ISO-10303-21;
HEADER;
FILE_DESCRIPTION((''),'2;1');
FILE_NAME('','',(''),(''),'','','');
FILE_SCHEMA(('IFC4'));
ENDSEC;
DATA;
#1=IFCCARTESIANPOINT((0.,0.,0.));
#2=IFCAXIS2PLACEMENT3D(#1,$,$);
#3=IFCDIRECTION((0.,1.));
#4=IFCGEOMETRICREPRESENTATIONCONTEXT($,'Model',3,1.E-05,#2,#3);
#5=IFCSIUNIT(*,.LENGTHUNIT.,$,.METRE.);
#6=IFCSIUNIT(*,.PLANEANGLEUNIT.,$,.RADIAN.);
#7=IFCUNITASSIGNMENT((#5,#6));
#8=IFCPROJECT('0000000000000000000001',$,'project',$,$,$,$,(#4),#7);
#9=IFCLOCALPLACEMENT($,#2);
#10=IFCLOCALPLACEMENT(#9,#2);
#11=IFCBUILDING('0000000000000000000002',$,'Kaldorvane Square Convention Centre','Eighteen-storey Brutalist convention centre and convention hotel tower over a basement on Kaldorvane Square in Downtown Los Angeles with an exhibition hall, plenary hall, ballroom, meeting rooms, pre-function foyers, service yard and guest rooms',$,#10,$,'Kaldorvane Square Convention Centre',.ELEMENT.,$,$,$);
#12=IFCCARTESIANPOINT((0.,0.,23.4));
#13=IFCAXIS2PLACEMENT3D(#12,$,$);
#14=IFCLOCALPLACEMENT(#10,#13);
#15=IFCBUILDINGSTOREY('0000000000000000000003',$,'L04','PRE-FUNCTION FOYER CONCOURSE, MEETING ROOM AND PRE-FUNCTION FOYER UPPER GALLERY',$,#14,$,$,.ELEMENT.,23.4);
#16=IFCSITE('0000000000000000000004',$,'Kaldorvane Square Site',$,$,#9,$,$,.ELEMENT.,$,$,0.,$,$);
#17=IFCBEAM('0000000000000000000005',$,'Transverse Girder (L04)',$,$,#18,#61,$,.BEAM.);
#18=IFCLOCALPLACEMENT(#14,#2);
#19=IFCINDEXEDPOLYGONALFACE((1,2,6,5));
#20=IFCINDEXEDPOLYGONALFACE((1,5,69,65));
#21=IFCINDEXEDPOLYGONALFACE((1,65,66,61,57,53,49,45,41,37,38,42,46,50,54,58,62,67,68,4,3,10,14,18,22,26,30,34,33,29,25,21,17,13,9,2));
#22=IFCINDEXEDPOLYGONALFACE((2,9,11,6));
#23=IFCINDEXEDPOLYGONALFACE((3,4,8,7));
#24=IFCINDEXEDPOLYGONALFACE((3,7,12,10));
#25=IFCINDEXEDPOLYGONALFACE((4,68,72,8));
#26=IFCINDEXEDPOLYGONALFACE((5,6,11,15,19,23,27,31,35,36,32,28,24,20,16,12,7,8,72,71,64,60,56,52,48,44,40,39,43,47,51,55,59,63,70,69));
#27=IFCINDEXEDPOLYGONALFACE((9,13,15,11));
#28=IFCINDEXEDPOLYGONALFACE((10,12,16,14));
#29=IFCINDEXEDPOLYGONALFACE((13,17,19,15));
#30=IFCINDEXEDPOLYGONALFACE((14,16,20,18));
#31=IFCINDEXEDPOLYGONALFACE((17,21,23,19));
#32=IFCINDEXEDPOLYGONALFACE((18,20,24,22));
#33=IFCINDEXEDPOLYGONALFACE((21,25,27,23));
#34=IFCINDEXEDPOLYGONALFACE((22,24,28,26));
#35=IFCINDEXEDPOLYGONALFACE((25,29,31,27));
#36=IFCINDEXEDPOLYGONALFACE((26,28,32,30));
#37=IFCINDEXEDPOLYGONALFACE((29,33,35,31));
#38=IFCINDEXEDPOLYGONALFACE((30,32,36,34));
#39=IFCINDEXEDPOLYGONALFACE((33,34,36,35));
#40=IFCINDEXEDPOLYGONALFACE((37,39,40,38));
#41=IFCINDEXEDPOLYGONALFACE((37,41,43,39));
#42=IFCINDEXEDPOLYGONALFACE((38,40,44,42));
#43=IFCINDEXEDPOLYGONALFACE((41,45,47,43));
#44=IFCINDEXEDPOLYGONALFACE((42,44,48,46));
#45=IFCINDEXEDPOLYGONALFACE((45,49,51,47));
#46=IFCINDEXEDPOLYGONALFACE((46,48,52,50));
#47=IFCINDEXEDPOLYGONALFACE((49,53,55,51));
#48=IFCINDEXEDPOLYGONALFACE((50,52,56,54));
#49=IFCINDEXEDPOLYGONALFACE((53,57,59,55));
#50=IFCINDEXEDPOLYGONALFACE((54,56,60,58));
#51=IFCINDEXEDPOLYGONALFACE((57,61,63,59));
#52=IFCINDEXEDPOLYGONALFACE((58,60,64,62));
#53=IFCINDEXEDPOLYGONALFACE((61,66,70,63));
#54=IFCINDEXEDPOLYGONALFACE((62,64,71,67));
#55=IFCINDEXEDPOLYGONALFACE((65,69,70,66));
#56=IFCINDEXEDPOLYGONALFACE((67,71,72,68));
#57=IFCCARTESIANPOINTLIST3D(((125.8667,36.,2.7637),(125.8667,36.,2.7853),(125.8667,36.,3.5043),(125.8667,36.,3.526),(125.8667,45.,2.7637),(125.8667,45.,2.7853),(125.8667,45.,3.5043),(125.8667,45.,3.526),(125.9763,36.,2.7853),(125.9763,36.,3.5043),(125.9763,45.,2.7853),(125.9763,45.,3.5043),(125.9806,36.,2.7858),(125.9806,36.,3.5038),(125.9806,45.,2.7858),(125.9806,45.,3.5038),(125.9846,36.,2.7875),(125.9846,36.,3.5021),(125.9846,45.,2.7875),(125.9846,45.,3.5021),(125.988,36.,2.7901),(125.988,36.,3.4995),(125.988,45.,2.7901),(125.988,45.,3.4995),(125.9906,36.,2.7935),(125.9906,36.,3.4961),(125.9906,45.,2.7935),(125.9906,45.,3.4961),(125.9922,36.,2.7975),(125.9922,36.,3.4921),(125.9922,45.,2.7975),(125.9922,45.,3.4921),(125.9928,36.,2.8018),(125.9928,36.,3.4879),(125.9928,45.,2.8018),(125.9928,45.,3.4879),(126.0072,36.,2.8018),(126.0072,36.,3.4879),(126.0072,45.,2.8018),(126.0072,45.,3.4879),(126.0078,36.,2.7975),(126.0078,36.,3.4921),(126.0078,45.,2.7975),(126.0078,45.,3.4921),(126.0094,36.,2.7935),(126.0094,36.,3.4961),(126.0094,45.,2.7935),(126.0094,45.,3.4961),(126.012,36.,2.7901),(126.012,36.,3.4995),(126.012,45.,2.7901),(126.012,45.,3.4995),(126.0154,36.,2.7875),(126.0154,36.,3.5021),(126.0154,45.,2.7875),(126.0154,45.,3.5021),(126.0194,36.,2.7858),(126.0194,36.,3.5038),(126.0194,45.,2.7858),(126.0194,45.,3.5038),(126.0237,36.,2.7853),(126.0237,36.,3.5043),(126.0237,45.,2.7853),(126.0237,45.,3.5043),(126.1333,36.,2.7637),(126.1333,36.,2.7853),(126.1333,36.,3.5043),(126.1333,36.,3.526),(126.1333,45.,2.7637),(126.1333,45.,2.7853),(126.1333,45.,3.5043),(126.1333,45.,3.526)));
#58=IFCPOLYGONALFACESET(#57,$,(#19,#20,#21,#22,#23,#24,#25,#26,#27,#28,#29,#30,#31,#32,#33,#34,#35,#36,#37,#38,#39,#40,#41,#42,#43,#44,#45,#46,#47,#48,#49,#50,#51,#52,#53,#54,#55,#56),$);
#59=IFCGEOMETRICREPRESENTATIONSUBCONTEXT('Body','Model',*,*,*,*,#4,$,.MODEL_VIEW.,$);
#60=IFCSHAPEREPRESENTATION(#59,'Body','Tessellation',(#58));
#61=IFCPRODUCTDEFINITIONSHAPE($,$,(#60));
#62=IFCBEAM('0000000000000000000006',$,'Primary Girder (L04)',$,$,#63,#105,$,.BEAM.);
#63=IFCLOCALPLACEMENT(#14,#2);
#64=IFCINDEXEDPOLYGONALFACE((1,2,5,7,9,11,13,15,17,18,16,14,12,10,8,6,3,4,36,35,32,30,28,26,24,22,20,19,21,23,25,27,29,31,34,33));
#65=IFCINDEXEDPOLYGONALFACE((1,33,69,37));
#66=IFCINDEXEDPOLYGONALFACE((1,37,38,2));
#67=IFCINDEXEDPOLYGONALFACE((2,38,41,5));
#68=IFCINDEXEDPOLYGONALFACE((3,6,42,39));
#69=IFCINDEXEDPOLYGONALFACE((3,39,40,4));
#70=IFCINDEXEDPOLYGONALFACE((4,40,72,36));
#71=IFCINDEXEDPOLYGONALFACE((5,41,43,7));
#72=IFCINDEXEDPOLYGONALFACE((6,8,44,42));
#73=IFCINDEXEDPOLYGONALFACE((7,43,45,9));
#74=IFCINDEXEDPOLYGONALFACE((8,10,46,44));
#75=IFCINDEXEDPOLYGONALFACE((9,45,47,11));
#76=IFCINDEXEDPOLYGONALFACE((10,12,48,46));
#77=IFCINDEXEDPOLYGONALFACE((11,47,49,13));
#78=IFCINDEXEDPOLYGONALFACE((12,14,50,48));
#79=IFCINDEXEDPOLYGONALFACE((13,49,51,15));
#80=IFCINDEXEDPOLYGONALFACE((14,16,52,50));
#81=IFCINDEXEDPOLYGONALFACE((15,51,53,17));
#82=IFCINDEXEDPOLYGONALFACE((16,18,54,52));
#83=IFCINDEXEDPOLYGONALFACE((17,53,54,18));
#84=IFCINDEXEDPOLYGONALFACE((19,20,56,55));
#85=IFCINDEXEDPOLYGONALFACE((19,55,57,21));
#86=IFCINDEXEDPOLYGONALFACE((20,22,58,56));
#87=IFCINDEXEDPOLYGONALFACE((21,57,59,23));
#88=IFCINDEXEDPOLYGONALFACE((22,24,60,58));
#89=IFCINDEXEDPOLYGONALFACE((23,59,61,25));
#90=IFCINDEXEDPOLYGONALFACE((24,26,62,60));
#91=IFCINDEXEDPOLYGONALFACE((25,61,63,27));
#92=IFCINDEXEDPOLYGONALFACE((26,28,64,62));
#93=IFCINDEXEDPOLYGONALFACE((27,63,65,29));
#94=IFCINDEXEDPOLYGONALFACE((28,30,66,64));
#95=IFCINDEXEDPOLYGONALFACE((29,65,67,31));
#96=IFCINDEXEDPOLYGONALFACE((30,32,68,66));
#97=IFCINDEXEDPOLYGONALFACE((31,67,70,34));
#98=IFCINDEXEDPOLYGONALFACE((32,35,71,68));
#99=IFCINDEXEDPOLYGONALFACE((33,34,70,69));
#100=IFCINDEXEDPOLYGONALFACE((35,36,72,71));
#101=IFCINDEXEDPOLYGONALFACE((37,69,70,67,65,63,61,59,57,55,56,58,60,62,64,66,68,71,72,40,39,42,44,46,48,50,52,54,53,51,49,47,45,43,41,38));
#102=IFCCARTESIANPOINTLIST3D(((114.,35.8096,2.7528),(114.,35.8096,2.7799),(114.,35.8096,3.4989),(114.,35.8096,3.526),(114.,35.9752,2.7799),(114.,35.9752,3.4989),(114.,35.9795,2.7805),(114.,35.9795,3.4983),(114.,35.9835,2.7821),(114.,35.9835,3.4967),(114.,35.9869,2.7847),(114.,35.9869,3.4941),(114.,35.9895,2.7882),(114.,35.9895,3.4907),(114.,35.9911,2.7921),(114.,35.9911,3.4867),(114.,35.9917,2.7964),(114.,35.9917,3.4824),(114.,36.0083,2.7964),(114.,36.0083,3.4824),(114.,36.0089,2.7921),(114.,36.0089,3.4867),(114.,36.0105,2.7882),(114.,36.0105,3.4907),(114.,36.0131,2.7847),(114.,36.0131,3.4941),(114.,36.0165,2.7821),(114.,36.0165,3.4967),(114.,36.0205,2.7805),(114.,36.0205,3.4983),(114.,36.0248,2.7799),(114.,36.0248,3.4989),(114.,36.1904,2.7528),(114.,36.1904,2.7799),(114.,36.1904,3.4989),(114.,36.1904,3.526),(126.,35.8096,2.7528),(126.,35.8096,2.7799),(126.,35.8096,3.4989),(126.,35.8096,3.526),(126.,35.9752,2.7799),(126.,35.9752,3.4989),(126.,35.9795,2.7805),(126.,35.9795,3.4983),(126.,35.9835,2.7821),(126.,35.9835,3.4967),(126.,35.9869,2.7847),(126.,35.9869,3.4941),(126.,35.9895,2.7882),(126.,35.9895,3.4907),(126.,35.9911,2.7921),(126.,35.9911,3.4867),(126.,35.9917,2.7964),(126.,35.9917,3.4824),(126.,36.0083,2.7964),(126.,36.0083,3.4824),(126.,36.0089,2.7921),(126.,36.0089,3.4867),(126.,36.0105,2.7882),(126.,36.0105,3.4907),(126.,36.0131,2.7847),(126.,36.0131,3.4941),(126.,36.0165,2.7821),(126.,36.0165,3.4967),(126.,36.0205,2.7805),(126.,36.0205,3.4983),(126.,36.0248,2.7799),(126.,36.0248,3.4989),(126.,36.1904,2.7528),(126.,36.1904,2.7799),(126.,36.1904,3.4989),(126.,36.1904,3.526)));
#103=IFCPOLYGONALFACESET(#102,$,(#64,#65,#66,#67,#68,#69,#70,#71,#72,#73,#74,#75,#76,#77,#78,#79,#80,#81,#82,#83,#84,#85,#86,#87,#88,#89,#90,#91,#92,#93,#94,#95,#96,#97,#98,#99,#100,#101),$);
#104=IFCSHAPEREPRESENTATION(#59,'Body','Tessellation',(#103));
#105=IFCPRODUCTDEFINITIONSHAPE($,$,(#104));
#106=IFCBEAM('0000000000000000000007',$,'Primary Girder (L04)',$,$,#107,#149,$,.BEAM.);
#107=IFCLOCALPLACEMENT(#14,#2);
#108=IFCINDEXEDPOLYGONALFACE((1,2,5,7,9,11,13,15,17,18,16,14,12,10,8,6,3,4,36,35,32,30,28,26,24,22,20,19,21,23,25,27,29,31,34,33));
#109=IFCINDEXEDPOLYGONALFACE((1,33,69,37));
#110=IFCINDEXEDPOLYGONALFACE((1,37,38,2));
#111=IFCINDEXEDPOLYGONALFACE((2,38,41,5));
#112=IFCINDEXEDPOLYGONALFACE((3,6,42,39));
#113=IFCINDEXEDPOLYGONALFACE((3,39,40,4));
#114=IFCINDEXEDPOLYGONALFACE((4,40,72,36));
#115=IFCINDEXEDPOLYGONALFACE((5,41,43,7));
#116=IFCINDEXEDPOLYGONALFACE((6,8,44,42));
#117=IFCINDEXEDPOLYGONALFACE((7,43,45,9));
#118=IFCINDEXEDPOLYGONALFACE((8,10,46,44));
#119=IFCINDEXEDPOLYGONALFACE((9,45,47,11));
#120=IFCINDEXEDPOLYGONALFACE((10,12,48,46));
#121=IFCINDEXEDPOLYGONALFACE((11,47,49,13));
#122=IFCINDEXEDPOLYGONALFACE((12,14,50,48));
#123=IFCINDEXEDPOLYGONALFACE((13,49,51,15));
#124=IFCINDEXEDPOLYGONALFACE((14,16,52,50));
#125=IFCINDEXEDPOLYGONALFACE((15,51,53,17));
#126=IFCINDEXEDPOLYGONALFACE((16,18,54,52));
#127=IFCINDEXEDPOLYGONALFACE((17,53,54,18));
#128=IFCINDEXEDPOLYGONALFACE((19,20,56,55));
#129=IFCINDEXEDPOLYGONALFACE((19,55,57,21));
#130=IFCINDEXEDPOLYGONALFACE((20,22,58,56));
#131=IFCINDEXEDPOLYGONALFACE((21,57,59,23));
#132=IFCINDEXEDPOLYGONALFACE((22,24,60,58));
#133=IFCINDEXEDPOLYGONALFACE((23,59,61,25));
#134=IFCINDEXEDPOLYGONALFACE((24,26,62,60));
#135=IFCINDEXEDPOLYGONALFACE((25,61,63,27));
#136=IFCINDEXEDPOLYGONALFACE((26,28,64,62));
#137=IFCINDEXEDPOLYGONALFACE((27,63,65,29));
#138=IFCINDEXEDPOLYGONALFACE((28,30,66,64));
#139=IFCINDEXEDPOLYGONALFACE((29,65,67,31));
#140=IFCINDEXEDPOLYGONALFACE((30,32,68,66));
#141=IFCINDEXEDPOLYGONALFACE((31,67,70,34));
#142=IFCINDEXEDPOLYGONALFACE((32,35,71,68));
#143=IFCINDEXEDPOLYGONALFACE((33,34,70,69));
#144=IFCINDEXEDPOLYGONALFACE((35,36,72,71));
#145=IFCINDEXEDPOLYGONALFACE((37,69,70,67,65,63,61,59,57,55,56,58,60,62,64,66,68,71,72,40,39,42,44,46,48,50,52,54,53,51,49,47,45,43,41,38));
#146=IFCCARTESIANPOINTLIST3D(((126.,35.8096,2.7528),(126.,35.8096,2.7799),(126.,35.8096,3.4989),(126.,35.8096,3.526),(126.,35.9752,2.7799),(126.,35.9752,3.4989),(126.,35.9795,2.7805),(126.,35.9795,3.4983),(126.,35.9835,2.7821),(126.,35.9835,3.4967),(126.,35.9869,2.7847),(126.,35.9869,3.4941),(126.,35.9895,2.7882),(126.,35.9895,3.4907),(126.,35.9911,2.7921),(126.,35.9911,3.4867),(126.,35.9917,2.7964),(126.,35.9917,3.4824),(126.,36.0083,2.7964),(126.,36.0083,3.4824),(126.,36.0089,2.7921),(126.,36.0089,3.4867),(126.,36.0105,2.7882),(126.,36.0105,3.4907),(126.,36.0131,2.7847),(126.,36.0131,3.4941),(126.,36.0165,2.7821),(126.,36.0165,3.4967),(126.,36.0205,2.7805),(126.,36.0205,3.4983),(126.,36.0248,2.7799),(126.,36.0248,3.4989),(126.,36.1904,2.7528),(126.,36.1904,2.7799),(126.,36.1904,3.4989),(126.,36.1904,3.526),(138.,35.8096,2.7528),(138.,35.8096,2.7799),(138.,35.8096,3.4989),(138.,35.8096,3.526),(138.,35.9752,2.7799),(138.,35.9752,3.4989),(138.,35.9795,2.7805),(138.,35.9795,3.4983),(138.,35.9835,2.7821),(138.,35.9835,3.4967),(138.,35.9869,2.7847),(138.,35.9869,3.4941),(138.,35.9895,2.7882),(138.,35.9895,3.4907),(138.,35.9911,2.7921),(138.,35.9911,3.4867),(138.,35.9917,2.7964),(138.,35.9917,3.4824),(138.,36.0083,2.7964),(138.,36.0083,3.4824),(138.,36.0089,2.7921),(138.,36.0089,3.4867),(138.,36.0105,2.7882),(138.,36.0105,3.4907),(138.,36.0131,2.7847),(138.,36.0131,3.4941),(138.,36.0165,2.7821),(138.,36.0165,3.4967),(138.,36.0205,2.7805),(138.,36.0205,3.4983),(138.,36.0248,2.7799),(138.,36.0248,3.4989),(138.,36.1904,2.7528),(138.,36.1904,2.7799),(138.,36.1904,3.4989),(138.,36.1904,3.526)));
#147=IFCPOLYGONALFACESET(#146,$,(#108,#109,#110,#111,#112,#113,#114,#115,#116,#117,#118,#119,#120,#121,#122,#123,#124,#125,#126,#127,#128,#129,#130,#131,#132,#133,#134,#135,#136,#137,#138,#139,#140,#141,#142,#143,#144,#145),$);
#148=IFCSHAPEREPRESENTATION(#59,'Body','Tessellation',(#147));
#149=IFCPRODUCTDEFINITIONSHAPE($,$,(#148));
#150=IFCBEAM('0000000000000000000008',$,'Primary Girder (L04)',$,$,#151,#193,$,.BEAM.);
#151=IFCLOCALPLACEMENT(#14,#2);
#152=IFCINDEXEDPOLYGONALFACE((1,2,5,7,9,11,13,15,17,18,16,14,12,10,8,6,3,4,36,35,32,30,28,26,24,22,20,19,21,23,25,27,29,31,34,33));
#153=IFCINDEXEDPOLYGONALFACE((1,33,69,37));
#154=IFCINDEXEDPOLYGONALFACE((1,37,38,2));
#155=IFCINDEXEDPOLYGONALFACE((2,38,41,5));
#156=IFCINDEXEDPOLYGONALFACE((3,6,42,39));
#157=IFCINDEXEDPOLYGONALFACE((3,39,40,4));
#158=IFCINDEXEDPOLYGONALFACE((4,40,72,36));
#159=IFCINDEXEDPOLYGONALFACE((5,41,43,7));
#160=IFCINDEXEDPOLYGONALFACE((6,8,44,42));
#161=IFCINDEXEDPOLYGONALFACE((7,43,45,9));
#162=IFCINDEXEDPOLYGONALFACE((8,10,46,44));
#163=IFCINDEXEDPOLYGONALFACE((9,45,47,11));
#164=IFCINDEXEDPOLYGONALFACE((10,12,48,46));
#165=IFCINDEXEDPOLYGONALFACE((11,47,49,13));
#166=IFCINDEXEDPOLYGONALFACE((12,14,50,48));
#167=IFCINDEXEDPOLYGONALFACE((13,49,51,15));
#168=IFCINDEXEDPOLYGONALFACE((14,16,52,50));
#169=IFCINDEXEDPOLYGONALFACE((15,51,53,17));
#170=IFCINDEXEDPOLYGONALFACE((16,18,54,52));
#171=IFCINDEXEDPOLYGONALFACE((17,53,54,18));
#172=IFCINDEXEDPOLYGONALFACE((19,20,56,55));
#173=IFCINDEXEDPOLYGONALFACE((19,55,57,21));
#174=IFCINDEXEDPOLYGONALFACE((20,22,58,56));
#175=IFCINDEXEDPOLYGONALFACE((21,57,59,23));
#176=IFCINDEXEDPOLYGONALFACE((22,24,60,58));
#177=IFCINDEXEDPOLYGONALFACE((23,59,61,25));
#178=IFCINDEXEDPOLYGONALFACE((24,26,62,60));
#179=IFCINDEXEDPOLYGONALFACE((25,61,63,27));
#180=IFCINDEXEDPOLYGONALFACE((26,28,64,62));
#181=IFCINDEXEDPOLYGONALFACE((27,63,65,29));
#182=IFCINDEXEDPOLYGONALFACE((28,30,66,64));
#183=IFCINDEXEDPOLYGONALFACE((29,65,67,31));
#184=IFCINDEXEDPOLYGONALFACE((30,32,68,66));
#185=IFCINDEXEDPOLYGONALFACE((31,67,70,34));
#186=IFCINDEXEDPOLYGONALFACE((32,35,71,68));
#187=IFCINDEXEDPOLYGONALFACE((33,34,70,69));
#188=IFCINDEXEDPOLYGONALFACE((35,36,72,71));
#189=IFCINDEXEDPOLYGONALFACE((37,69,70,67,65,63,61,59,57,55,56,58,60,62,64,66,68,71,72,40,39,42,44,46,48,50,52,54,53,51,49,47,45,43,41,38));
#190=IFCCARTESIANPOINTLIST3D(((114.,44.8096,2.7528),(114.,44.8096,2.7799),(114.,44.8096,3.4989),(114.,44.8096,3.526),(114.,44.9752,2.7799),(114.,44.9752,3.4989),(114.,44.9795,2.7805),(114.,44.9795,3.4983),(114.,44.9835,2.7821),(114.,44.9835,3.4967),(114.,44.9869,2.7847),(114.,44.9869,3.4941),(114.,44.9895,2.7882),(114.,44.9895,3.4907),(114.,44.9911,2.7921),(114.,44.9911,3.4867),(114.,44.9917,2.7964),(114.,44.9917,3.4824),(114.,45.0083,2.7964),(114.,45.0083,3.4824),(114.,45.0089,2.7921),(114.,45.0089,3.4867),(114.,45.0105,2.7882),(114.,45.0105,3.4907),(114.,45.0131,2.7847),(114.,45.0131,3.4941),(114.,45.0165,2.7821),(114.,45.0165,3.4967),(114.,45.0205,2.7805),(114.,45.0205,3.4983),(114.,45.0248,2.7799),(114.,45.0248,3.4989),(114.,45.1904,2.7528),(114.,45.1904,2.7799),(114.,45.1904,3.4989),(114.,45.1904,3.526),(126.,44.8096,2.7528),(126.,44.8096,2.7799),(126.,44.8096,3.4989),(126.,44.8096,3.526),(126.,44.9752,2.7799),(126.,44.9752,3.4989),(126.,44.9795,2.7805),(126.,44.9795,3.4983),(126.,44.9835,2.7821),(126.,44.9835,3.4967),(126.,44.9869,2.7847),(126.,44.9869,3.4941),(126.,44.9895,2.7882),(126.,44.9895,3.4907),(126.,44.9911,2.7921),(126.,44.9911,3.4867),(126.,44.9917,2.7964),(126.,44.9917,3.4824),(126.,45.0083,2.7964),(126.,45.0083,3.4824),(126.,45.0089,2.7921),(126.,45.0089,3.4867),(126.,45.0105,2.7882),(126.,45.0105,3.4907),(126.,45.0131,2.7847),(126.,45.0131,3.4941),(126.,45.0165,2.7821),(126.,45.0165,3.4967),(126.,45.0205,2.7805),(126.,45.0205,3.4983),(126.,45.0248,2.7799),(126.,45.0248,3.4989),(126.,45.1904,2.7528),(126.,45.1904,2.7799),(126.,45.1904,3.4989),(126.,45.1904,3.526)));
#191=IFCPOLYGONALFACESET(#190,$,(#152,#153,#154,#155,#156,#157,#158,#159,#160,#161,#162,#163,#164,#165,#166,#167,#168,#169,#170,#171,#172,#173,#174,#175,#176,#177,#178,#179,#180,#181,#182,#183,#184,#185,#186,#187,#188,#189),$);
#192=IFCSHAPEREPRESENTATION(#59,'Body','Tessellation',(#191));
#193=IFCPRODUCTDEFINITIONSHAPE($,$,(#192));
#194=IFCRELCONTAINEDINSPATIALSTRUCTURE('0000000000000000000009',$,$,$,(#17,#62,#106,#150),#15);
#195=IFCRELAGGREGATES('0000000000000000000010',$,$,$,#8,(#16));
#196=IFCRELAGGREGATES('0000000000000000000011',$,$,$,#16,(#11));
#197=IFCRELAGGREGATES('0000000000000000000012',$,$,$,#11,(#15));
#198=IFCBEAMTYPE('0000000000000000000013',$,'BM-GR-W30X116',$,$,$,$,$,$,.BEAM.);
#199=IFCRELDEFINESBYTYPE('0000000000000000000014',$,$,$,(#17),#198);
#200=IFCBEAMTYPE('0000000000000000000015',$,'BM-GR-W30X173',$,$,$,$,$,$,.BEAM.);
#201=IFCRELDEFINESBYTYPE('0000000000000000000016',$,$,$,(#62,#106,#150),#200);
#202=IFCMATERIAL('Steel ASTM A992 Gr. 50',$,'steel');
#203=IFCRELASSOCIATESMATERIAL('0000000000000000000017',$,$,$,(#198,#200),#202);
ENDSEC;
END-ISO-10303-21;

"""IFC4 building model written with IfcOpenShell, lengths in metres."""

from ifc_helpers import new_model, si_unit, direction, frame, origin, origin_2d, place, context, subcontext, project, spatial, i_section, extrude, material, material_profile, profile_set, type_object, element, save


model = new_model("IFC4")

# Units and contexts
model_context = context("Model", 3, precision=1e-05, world=origin(), true_north=direction((0.0, 1.0)))
body_context = subcontext(model_context, "Body", "Model", "MODEL_VIEW")
ifc_project = project(units=[si_unit("LENGTHUNIT", "METRE"), si_unit("PLANEANGLEUNIT", "RADIAN")], contexts=[model_context])

# Site, building, storey
site_placement = place(None, origin())
site = spatial("IfcSite", under=ifc_project, at=site_placement, Name="Kaldorvane Square Site", CompositionType="ELEMENT", RefElevation=0.0)
building_placement = place(site_placement, origin())
building = spatial("IfcBuilding", under=site, at=building_placement, Name="Kaldorvane Square Convention Centre", Description="Eighteen-storey Brutalist convention centre and convention hotel tower over a basement on Kaldorvane Square in Downtown Los Angeles with an exhibition hall, plenary hall, ballroom, meeting rooms, pre-function foyers, service yard and guest rooms", LongName="Kaldorvane Square Convention Centre", CompositionType="ELEMENT")
storey_placement = place(building_placement, frame((0.0, 0.0, 23.4)))
storey = spatial("IfcBuildingStorey", under=building, at=storey_placement, Name="L04", Description="PRE-FUNCTION FOYER CONCOURSE, MEETING ROOM AND PRE-FUNCTION FOYER UPPER GALLERY", CompositionType="ELEMENT", Elevation=23.4)

# Shared definitions
ifc_material_1 = material(Name="Steel ASTM A992 Gr. 50", Category="steel")

# Beams
ifc_material_profile_1 = material_profile(ifc_material_1, i_section(OverallWidth=0.2666, OverallDepth=0.7623, WebThickness=0.0144, FlangeThickness=0.0216, FilletRadius=0.0165, at=origin_2d()), Name="W30X116")
ifc_profile_set_1 = profile_set([ifc_material_profile_1], Name="Steel ASTM A992 Gr. 50")
beam_type_1 = type_object("IfcBeamType", Name="BM-GR-W30X116", PredefinedType="BEAM", material=ifc_profile_set_1)
beam_placement = place(storey_placement, frame((126.0, 36.0, 3.1448), z_axis=(0.0, 1.0, 0.0), x_axis=(-1.0, 0.0, 0.0)))
element("IfcBeam", 1, at=beam_placement, inside=storey, type_object=beam_type_1, Name="Transverse Girder (L04)", PredefinedType="BEAM", context=body_context, shape_type="SweptSolid", body=[
    extrude(i_section(OverallWidth=0.2666, OverallDepth=0.7623, WebThickness=0.0144, FlangeThickness=0.0216, FilletRadius=0.0165, at=origin_2d()), origin(), (0.0, 0.0, 1.0), 9.0),
])
ifc_material_profile_2 = material_profile(ifc_material_1, i_section(OverallWidth=0.3807, OverallDepth=0.7732, WebThickness=0.0166, FlangeThickness=0.0271, FilletRadius=0.0165, at=origin_2d()), Name="W30X173")
ifc_profile_set_2 = profile_set([ifc_material_profile_2], Name="Steel ASTM A992 Gr. 50")
beam_type_2 = type_object("IfcBeamType", Name="BM-GR-W30X173", PredefinedType="BEAM", material=ifc_profile_set_2)
for number, where, z_axis, x_axis, name in (
    (2, (114.0, 36.0, 3.1394), (1.0, 0.0, 0.0), (0.0, 1.0, 0.0), "Primary Girder (L04)"),
    (3, (126.0, 36.0, 3.1394), (1.0, 0.0, 0.0), (0.0, 1.0, 0.0), "Primary Girder (L04)"),
    (4, (114.0, 45.0, 3.1394), (1.0, 0.0, 0.0), (0.0, 1.0, 0.0), "Primary Girder (L04)"),
):
    element("IfcBeam", number, at=place(storey_placement, frame(where, z_axis=z_axis, x_axis=x_axis)), inside=storey, type_object=beam_type_2, Name=name, PredefinedType="BEAM", context=body_context, shape_type="SweptSolid", body=[
        extrude(i_section(OverallWidth=0.3807, OverallDepth=0.7732, WebThickness=0.0166, FlangeThickness=0.0271, FilletRadius=0.0165, at=origin_2d()), origin(), (0.0, 0.0, 1.0), 12.0),
    ])

save(model, "model.ifc")
